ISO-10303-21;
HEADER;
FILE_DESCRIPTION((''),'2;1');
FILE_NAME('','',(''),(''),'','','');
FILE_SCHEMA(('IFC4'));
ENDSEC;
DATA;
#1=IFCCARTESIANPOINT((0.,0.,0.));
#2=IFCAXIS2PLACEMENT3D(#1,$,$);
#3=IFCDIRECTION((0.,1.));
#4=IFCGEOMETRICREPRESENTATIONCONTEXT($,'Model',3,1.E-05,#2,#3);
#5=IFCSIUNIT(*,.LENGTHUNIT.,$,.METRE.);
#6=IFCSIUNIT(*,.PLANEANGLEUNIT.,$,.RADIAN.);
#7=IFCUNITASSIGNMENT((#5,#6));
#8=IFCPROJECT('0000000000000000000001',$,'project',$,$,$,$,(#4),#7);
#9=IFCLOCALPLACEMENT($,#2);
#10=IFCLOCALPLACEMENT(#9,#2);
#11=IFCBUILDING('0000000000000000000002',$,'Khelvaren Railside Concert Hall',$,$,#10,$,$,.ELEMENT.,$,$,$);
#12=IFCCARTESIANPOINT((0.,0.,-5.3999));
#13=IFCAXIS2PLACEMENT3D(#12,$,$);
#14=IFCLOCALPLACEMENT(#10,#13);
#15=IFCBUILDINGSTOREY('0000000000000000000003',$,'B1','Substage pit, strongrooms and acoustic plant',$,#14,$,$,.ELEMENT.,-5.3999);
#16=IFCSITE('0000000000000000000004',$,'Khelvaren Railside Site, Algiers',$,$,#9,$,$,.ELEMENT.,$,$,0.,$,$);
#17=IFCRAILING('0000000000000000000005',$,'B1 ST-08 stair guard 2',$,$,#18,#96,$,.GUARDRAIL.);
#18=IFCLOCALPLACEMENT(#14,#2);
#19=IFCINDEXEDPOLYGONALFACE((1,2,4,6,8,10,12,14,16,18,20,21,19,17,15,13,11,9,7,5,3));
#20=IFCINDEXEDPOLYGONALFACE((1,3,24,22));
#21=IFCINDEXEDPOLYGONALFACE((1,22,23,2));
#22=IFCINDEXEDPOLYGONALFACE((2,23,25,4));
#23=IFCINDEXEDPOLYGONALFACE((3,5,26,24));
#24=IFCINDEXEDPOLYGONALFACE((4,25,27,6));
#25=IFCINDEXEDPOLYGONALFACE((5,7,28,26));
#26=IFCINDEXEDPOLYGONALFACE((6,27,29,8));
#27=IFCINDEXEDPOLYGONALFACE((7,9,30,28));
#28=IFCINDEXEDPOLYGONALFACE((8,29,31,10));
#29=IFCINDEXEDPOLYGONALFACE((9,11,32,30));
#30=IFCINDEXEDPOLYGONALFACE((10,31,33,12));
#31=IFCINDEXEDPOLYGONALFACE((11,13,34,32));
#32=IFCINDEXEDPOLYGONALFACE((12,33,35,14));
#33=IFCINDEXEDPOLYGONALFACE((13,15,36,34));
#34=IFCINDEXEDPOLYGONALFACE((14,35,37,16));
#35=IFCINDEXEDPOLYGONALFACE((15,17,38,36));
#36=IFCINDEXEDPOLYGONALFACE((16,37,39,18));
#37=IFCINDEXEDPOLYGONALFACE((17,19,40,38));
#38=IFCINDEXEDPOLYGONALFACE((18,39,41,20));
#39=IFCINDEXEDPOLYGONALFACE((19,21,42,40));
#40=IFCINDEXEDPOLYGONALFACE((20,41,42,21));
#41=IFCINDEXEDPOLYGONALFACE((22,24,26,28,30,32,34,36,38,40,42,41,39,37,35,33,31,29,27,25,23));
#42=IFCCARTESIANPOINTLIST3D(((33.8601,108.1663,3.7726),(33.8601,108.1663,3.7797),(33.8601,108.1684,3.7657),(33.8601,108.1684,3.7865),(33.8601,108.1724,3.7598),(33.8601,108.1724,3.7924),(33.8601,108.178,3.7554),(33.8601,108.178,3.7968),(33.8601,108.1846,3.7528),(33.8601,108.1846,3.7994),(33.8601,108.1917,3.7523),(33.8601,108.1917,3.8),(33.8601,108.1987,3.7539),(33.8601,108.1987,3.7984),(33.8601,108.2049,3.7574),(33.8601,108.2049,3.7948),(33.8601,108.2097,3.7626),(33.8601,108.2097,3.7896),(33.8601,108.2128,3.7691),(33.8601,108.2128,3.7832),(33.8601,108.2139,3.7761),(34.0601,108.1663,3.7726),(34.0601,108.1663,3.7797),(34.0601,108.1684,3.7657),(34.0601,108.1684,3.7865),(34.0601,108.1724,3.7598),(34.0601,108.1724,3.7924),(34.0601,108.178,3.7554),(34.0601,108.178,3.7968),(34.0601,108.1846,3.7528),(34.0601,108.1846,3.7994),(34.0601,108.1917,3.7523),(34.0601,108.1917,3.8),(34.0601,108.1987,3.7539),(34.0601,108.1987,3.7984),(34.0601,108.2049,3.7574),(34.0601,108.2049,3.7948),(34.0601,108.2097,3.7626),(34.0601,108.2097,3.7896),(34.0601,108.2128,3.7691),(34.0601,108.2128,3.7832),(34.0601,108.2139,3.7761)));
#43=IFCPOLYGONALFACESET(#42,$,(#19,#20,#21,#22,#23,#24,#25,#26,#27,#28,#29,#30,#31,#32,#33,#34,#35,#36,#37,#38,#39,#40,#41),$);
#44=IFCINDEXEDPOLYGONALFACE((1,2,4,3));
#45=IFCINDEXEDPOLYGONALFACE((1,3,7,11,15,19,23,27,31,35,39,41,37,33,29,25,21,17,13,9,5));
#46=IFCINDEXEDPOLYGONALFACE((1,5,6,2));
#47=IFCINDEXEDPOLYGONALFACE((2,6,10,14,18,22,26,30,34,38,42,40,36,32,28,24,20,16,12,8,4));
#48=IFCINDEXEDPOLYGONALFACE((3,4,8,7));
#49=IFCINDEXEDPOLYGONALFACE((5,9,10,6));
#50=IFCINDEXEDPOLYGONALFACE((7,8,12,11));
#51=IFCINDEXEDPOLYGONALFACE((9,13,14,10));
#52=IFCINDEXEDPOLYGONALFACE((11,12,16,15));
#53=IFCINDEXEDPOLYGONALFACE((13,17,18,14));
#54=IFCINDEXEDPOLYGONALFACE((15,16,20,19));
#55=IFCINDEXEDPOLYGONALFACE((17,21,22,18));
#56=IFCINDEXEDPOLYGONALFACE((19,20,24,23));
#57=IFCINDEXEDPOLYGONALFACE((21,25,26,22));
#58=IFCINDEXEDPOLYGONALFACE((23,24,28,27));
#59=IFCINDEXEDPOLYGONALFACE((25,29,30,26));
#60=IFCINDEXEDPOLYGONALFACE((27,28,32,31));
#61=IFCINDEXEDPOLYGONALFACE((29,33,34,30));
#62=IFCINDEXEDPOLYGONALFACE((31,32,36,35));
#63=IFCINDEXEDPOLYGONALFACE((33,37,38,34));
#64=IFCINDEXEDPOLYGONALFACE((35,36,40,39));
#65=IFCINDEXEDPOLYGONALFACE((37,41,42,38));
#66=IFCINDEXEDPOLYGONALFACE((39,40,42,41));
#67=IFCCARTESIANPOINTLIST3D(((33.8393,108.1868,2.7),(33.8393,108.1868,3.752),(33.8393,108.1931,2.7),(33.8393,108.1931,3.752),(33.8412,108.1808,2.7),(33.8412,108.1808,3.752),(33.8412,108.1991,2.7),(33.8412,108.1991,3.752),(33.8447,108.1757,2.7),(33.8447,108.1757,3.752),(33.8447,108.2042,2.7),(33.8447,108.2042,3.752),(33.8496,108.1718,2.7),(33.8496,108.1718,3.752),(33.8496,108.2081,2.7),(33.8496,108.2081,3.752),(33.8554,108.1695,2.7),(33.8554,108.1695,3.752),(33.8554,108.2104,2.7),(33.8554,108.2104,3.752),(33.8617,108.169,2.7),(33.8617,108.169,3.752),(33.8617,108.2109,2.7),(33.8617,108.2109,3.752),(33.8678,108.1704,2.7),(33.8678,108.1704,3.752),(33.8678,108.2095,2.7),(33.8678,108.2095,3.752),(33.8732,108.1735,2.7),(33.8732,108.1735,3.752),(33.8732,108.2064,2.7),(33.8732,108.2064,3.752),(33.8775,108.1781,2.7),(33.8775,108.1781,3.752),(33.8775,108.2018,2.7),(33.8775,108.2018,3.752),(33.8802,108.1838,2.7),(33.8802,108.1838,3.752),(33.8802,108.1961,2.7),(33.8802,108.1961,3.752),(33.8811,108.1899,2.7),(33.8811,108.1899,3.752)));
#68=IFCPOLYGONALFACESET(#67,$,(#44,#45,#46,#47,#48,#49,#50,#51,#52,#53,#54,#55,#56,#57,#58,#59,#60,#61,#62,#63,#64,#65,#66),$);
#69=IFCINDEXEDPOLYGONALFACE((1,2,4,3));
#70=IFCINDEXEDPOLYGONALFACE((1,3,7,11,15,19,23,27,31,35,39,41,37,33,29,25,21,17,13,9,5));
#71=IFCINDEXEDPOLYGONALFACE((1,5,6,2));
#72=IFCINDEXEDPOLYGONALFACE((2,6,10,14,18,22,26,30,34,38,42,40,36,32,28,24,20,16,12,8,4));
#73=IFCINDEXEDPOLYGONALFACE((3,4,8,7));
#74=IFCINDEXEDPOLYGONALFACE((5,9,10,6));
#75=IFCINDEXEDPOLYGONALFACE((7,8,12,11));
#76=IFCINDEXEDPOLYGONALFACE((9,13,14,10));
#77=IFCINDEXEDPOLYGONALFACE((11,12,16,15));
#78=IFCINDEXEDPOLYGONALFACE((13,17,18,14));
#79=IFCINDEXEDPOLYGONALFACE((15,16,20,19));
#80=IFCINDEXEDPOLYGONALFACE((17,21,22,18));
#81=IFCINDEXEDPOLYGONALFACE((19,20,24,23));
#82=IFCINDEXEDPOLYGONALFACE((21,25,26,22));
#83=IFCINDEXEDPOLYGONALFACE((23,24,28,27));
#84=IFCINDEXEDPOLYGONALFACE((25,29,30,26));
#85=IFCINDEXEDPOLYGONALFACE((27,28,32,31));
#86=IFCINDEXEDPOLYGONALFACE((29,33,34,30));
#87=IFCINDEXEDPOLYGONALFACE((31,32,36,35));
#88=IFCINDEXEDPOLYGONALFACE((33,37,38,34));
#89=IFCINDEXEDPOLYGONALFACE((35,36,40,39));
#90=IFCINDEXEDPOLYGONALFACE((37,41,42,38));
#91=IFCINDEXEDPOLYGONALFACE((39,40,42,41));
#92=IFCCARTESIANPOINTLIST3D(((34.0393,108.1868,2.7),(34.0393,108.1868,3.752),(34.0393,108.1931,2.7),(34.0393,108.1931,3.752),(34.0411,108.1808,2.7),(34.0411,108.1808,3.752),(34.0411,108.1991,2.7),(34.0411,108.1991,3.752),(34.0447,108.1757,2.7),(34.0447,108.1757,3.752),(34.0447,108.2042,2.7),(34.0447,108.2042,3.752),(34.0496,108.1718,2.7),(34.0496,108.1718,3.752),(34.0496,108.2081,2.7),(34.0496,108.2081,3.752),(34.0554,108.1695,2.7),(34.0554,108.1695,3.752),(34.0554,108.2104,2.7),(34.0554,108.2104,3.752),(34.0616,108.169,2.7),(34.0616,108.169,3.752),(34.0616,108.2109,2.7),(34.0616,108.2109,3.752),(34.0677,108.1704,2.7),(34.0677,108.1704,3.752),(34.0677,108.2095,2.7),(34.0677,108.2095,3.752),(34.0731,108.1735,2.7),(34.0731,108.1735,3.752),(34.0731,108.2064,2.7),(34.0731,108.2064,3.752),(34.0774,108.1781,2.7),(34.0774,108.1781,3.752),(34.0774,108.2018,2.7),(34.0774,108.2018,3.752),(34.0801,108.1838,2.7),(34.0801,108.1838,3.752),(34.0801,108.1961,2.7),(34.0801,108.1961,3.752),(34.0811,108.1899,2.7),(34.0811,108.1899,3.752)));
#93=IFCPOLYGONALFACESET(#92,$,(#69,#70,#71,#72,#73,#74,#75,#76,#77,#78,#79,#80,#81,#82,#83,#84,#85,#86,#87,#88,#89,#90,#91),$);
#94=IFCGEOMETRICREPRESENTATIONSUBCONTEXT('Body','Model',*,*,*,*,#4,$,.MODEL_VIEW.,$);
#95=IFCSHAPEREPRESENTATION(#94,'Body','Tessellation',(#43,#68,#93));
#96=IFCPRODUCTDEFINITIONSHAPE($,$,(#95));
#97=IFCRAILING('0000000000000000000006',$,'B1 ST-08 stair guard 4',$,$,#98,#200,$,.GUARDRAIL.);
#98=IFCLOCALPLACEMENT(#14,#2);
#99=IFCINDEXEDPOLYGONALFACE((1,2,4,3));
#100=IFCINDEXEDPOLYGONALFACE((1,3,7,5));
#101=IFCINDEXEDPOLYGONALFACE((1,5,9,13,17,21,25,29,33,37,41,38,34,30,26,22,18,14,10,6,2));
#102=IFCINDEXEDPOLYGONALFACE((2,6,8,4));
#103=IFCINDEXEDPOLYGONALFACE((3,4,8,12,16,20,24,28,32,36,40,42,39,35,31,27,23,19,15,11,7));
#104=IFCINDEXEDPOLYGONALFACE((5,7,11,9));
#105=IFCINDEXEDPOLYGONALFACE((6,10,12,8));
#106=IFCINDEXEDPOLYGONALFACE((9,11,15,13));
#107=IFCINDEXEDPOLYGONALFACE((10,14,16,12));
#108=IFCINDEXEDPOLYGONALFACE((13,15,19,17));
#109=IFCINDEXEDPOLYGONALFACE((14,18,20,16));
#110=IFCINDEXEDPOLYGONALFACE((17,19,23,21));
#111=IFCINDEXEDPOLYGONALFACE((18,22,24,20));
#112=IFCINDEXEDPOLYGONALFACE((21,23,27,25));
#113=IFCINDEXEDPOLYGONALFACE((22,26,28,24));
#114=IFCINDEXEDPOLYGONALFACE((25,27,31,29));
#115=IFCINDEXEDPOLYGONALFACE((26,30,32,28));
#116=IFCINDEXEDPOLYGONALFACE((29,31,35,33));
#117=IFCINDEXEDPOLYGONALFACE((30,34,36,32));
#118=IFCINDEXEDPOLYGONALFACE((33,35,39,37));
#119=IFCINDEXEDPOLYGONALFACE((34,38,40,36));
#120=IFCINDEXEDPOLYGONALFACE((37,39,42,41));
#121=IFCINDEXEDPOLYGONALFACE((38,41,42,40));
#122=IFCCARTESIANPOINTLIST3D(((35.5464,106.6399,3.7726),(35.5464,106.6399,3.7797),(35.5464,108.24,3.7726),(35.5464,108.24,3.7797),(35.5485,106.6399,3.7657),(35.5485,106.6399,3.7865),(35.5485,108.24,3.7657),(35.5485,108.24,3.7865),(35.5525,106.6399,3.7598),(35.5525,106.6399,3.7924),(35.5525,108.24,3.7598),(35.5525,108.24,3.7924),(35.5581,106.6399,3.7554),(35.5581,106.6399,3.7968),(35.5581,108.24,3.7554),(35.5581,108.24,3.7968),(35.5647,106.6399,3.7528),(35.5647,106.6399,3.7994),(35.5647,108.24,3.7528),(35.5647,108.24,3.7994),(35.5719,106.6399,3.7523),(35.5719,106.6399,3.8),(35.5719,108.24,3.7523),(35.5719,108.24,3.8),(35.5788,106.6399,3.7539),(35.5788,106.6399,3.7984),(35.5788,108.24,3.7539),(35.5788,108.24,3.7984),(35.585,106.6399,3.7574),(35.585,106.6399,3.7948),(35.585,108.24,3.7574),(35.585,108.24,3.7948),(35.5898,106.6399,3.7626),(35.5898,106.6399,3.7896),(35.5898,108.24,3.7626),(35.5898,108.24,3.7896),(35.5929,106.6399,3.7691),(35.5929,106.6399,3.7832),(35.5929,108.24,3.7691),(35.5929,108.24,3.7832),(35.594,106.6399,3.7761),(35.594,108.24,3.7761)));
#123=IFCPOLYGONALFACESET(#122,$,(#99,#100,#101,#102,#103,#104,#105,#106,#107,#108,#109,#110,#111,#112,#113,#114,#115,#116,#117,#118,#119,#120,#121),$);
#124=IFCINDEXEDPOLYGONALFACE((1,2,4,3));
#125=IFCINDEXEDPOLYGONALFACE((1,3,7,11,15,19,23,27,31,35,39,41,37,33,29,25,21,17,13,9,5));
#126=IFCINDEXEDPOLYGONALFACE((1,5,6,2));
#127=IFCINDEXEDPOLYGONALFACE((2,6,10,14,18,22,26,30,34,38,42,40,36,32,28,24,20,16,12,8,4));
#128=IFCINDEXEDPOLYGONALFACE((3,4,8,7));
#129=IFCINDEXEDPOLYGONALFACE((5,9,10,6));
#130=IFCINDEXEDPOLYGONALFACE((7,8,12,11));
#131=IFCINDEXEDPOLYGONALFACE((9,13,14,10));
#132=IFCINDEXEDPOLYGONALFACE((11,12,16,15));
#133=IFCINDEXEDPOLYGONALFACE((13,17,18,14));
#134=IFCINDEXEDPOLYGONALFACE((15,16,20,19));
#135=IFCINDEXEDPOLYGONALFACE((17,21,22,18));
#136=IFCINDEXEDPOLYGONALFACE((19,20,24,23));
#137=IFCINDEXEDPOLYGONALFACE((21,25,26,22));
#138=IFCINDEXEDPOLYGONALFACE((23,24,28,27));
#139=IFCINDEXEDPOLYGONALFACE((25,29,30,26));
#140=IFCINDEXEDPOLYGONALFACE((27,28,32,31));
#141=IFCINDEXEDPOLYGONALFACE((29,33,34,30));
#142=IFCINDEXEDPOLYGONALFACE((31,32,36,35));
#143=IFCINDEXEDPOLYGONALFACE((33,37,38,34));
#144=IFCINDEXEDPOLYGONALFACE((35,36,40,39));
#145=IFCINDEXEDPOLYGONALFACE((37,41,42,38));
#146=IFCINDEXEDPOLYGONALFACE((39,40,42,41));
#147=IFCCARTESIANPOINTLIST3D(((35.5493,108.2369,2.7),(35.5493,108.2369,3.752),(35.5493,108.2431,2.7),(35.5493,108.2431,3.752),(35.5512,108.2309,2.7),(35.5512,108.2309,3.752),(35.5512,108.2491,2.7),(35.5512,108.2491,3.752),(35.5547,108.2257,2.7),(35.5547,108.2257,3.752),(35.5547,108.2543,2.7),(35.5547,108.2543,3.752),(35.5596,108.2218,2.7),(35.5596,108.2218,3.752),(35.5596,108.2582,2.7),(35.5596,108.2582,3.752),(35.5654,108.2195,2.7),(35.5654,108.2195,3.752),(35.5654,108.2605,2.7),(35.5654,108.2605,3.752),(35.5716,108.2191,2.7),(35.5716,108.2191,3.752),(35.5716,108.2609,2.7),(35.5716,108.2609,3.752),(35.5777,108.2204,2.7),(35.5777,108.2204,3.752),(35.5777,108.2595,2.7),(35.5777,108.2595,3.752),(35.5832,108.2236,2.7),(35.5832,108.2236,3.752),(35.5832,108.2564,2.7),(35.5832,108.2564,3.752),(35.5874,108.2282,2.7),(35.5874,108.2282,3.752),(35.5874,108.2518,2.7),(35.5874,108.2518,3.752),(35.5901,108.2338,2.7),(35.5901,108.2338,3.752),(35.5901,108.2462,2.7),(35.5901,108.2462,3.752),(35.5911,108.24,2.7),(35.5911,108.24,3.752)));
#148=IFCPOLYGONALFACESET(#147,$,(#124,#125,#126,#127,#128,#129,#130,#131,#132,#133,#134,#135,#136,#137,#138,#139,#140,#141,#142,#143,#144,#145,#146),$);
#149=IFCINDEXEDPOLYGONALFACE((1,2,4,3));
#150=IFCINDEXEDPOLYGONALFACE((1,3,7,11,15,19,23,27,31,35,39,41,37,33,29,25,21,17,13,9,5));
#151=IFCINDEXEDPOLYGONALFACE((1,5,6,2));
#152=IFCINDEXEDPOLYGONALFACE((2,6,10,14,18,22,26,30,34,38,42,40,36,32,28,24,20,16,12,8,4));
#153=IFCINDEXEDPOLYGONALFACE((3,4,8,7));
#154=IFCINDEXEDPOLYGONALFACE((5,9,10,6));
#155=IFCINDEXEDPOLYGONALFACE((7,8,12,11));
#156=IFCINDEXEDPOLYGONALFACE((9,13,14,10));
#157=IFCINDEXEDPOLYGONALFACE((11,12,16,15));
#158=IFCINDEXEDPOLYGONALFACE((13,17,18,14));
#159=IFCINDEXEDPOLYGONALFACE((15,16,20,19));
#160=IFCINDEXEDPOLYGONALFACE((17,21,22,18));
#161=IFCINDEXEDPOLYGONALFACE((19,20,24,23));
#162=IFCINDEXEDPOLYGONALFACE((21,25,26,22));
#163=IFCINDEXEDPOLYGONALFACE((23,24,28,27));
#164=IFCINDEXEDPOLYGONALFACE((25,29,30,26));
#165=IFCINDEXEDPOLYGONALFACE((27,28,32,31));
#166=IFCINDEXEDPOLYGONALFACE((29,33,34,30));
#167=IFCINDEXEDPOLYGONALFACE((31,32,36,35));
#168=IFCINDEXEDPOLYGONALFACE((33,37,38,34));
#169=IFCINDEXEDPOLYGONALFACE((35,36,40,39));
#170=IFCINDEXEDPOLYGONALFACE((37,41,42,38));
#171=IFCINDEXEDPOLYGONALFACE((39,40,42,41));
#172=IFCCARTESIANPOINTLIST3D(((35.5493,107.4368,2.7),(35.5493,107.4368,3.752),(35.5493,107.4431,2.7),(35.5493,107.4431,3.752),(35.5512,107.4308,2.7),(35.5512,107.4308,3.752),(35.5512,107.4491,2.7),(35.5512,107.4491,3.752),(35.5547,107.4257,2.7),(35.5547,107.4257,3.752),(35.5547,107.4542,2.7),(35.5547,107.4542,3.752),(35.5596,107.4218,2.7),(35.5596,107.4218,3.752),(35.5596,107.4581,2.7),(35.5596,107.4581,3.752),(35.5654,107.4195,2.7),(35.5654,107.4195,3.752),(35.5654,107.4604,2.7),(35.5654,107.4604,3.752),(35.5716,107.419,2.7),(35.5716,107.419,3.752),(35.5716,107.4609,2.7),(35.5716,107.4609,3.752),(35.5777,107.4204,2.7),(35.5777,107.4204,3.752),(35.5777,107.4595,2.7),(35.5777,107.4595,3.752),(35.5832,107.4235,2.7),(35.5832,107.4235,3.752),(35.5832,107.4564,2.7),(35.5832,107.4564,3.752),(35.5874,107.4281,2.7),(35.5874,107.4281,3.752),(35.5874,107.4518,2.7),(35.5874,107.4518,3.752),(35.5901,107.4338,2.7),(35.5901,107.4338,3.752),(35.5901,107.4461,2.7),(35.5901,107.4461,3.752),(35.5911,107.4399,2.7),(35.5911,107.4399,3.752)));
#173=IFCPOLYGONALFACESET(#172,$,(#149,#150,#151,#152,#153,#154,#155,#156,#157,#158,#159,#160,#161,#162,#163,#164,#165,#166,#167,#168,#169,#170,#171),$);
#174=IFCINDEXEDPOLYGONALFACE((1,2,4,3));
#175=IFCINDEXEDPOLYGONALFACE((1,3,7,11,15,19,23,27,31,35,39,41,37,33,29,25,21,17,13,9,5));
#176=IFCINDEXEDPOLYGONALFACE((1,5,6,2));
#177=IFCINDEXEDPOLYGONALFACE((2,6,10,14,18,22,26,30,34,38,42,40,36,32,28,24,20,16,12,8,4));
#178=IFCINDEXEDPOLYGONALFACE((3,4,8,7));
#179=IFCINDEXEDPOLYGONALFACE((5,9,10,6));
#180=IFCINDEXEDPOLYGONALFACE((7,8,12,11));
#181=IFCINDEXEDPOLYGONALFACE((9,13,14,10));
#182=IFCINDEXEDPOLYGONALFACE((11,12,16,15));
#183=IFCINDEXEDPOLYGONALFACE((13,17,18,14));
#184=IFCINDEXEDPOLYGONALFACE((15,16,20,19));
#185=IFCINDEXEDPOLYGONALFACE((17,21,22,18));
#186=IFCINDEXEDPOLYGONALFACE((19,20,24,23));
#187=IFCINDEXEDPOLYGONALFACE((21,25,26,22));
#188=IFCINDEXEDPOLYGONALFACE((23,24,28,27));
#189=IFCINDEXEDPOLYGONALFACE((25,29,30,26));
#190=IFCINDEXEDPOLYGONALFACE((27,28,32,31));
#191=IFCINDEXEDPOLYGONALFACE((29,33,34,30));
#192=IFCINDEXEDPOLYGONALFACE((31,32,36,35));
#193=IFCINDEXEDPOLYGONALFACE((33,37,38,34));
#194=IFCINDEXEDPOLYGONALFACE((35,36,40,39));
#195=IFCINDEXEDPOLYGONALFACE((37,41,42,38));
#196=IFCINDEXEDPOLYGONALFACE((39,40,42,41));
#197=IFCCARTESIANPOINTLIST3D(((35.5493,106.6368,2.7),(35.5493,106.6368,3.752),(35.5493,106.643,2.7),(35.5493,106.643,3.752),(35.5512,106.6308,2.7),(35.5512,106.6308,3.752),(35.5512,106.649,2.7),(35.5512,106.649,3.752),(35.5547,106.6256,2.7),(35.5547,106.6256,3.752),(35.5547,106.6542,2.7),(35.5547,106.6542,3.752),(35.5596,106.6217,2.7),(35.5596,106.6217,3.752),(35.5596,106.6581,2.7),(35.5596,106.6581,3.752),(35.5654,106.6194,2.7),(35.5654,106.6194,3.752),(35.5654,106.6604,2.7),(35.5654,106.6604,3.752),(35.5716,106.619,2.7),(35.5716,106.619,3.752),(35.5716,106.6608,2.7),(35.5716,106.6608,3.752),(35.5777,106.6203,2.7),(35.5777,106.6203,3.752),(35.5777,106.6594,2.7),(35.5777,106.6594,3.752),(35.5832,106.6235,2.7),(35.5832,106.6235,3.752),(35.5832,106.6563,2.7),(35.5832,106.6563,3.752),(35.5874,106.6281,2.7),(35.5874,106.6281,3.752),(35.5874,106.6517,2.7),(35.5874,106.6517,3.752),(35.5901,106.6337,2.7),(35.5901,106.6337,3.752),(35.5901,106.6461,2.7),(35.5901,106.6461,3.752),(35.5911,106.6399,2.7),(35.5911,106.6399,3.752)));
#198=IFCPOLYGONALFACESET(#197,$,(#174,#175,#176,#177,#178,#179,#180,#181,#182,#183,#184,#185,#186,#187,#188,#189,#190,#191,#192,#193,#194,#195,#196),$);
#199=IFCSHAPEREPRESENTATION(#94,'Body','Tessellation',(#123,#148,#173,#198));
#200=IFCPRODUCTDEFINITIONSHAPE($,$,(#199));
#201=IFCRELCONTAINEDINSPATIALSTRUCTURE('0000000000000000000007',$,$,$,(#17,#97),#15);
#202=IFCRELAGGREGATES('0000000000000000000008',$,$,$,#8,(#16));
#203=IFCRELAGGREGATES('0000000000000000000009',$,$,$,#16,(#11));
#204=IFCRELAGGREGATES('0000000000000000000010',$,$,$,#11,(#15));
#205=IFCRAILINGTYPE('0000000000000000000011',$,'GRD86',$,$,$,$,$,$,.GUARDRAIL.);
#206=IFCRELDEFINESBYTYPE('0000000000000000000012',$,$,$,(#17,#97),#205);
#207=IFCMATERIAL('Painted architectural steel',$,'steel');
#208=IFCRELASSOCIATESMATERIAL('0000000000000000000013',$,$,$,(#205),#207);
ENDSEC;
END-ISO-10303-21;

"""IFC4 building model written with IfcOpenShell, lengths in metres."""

from ifc_helpers import new_model, si_unit, direction, frame, origin, origin_2d, place, context, subcontext, project, spatial, circle, extrude, material, type_object, element, save


model = new_model("IFC4")

# Units and contexts
model_context = context("Model", 3, precision=1e-05, world=origin(), true_north=direction((0.0, 1.0)))
body_context = subcontext(model_context, "Body", "Model", "MODEL_VIEW")
ifc_project = project(units=[si_unit("LENGTHUNIT", "METRE"), si_unit("PLANEANGLEUNIT", "RADIAN")], contexts=[model_context])

# Site, building, storey
site_placement = place(None, origin())
site = spatial("IfcSite", under=ifc_project, at=site_placement, Name="Khelvaren Railside Site, Algiers", CompositionType="ELEMENT", RefElevation=0.0)
building_placement = place(site_placement, origin())
building = spatial("IfcBuilding", under=site, at=building_placement, Name="Khelvaren Railside Concert Hall", CompositionType="ELEMENT")
storey_placement = place(building_placement, frame((0.0, 0.0, -5.3999)))
storey = spatial("IfcBuildingStorey", under=building, at=storey_placement, Name="B1", Description="Substage pit, strongrooms and acoustic plant", CompositionType="ELEMENT", Elevation=-5.3999)

# Railings
ifc_material_1 = material(Name="Painted architectural steel", Category="steel")
railing_type_1 = type_object("IfcRailingType", Name="GRD86", PredefinedType="GUARDRAIL", material=ifc_material_1)
railing_1_placement = place(storey_placement, frame((33.8601, 108.1899, 2.7)))
element("IfcRailing", 1, at=railing_1_placement, inside=storey, type_object=railing_type_1, Name="B1 ST-08 stair guard 2", PredefinedType="GUARDRAIL", context=body_context, shape_type="SweptSolid", body=[
    extrude(circle(Radius=0.0239, at=origin_2d()), frame((0.0, 0.0, 1.0762), z_axis=(1.0, 0.0, 0.0), x_axis=(0.0, 1.0, 0.0)), (0.0, 0.0, 1.0), 0.2),
    extrude(circle(Radius=0.021, at=origin_2d()), origin(), (0.0, 0.0, 1.0), 1.052),
    extrude(circle(Radius=0.021, at=origin_2d()), frame((0.2, 0.0, 0.0)), (0.0, 0.0, 1.0), 1.052),
])
railing_2_placement = place(storey_placement, frame((35.5701, 108.24, 2.7)))
element("IfcRailing", 2, at=railing_2_placement, inside=storey, type_object=railing_type_1, Name="B1 ST-08 stair guard 4", PredefinedType="GUARDRAIL", context=body_context, shape_type="SweptSolid", body=[
    extrude(circle(Radius=0.0239, at=origin_2d()), frame((0.0, 0.0, 1.0762), z_axis=(0.0, -1.0, 0.0), x_axis=(1.0, 0.0, 0.0)), (0.0, 0.0, 1.0), 1.6001),
    extrude(circle(Radius=0.021, at=origin_2d()), origin(), (0.0, 0.0, 1.0), 1.052),
    extrude(circle(Radius=0.021, at=origin_2d()), frame((0.0, -0.8, 0.0)), (0.0, 0.0, 1.0), 1.052),
    extrude(circle(Radius=0.021, at=origin_2d()), frame((0.0, -1.6001, 0.0)), (0.0, 0.0, 1.0), 1.052),
])

save(model, "model.ifc")
